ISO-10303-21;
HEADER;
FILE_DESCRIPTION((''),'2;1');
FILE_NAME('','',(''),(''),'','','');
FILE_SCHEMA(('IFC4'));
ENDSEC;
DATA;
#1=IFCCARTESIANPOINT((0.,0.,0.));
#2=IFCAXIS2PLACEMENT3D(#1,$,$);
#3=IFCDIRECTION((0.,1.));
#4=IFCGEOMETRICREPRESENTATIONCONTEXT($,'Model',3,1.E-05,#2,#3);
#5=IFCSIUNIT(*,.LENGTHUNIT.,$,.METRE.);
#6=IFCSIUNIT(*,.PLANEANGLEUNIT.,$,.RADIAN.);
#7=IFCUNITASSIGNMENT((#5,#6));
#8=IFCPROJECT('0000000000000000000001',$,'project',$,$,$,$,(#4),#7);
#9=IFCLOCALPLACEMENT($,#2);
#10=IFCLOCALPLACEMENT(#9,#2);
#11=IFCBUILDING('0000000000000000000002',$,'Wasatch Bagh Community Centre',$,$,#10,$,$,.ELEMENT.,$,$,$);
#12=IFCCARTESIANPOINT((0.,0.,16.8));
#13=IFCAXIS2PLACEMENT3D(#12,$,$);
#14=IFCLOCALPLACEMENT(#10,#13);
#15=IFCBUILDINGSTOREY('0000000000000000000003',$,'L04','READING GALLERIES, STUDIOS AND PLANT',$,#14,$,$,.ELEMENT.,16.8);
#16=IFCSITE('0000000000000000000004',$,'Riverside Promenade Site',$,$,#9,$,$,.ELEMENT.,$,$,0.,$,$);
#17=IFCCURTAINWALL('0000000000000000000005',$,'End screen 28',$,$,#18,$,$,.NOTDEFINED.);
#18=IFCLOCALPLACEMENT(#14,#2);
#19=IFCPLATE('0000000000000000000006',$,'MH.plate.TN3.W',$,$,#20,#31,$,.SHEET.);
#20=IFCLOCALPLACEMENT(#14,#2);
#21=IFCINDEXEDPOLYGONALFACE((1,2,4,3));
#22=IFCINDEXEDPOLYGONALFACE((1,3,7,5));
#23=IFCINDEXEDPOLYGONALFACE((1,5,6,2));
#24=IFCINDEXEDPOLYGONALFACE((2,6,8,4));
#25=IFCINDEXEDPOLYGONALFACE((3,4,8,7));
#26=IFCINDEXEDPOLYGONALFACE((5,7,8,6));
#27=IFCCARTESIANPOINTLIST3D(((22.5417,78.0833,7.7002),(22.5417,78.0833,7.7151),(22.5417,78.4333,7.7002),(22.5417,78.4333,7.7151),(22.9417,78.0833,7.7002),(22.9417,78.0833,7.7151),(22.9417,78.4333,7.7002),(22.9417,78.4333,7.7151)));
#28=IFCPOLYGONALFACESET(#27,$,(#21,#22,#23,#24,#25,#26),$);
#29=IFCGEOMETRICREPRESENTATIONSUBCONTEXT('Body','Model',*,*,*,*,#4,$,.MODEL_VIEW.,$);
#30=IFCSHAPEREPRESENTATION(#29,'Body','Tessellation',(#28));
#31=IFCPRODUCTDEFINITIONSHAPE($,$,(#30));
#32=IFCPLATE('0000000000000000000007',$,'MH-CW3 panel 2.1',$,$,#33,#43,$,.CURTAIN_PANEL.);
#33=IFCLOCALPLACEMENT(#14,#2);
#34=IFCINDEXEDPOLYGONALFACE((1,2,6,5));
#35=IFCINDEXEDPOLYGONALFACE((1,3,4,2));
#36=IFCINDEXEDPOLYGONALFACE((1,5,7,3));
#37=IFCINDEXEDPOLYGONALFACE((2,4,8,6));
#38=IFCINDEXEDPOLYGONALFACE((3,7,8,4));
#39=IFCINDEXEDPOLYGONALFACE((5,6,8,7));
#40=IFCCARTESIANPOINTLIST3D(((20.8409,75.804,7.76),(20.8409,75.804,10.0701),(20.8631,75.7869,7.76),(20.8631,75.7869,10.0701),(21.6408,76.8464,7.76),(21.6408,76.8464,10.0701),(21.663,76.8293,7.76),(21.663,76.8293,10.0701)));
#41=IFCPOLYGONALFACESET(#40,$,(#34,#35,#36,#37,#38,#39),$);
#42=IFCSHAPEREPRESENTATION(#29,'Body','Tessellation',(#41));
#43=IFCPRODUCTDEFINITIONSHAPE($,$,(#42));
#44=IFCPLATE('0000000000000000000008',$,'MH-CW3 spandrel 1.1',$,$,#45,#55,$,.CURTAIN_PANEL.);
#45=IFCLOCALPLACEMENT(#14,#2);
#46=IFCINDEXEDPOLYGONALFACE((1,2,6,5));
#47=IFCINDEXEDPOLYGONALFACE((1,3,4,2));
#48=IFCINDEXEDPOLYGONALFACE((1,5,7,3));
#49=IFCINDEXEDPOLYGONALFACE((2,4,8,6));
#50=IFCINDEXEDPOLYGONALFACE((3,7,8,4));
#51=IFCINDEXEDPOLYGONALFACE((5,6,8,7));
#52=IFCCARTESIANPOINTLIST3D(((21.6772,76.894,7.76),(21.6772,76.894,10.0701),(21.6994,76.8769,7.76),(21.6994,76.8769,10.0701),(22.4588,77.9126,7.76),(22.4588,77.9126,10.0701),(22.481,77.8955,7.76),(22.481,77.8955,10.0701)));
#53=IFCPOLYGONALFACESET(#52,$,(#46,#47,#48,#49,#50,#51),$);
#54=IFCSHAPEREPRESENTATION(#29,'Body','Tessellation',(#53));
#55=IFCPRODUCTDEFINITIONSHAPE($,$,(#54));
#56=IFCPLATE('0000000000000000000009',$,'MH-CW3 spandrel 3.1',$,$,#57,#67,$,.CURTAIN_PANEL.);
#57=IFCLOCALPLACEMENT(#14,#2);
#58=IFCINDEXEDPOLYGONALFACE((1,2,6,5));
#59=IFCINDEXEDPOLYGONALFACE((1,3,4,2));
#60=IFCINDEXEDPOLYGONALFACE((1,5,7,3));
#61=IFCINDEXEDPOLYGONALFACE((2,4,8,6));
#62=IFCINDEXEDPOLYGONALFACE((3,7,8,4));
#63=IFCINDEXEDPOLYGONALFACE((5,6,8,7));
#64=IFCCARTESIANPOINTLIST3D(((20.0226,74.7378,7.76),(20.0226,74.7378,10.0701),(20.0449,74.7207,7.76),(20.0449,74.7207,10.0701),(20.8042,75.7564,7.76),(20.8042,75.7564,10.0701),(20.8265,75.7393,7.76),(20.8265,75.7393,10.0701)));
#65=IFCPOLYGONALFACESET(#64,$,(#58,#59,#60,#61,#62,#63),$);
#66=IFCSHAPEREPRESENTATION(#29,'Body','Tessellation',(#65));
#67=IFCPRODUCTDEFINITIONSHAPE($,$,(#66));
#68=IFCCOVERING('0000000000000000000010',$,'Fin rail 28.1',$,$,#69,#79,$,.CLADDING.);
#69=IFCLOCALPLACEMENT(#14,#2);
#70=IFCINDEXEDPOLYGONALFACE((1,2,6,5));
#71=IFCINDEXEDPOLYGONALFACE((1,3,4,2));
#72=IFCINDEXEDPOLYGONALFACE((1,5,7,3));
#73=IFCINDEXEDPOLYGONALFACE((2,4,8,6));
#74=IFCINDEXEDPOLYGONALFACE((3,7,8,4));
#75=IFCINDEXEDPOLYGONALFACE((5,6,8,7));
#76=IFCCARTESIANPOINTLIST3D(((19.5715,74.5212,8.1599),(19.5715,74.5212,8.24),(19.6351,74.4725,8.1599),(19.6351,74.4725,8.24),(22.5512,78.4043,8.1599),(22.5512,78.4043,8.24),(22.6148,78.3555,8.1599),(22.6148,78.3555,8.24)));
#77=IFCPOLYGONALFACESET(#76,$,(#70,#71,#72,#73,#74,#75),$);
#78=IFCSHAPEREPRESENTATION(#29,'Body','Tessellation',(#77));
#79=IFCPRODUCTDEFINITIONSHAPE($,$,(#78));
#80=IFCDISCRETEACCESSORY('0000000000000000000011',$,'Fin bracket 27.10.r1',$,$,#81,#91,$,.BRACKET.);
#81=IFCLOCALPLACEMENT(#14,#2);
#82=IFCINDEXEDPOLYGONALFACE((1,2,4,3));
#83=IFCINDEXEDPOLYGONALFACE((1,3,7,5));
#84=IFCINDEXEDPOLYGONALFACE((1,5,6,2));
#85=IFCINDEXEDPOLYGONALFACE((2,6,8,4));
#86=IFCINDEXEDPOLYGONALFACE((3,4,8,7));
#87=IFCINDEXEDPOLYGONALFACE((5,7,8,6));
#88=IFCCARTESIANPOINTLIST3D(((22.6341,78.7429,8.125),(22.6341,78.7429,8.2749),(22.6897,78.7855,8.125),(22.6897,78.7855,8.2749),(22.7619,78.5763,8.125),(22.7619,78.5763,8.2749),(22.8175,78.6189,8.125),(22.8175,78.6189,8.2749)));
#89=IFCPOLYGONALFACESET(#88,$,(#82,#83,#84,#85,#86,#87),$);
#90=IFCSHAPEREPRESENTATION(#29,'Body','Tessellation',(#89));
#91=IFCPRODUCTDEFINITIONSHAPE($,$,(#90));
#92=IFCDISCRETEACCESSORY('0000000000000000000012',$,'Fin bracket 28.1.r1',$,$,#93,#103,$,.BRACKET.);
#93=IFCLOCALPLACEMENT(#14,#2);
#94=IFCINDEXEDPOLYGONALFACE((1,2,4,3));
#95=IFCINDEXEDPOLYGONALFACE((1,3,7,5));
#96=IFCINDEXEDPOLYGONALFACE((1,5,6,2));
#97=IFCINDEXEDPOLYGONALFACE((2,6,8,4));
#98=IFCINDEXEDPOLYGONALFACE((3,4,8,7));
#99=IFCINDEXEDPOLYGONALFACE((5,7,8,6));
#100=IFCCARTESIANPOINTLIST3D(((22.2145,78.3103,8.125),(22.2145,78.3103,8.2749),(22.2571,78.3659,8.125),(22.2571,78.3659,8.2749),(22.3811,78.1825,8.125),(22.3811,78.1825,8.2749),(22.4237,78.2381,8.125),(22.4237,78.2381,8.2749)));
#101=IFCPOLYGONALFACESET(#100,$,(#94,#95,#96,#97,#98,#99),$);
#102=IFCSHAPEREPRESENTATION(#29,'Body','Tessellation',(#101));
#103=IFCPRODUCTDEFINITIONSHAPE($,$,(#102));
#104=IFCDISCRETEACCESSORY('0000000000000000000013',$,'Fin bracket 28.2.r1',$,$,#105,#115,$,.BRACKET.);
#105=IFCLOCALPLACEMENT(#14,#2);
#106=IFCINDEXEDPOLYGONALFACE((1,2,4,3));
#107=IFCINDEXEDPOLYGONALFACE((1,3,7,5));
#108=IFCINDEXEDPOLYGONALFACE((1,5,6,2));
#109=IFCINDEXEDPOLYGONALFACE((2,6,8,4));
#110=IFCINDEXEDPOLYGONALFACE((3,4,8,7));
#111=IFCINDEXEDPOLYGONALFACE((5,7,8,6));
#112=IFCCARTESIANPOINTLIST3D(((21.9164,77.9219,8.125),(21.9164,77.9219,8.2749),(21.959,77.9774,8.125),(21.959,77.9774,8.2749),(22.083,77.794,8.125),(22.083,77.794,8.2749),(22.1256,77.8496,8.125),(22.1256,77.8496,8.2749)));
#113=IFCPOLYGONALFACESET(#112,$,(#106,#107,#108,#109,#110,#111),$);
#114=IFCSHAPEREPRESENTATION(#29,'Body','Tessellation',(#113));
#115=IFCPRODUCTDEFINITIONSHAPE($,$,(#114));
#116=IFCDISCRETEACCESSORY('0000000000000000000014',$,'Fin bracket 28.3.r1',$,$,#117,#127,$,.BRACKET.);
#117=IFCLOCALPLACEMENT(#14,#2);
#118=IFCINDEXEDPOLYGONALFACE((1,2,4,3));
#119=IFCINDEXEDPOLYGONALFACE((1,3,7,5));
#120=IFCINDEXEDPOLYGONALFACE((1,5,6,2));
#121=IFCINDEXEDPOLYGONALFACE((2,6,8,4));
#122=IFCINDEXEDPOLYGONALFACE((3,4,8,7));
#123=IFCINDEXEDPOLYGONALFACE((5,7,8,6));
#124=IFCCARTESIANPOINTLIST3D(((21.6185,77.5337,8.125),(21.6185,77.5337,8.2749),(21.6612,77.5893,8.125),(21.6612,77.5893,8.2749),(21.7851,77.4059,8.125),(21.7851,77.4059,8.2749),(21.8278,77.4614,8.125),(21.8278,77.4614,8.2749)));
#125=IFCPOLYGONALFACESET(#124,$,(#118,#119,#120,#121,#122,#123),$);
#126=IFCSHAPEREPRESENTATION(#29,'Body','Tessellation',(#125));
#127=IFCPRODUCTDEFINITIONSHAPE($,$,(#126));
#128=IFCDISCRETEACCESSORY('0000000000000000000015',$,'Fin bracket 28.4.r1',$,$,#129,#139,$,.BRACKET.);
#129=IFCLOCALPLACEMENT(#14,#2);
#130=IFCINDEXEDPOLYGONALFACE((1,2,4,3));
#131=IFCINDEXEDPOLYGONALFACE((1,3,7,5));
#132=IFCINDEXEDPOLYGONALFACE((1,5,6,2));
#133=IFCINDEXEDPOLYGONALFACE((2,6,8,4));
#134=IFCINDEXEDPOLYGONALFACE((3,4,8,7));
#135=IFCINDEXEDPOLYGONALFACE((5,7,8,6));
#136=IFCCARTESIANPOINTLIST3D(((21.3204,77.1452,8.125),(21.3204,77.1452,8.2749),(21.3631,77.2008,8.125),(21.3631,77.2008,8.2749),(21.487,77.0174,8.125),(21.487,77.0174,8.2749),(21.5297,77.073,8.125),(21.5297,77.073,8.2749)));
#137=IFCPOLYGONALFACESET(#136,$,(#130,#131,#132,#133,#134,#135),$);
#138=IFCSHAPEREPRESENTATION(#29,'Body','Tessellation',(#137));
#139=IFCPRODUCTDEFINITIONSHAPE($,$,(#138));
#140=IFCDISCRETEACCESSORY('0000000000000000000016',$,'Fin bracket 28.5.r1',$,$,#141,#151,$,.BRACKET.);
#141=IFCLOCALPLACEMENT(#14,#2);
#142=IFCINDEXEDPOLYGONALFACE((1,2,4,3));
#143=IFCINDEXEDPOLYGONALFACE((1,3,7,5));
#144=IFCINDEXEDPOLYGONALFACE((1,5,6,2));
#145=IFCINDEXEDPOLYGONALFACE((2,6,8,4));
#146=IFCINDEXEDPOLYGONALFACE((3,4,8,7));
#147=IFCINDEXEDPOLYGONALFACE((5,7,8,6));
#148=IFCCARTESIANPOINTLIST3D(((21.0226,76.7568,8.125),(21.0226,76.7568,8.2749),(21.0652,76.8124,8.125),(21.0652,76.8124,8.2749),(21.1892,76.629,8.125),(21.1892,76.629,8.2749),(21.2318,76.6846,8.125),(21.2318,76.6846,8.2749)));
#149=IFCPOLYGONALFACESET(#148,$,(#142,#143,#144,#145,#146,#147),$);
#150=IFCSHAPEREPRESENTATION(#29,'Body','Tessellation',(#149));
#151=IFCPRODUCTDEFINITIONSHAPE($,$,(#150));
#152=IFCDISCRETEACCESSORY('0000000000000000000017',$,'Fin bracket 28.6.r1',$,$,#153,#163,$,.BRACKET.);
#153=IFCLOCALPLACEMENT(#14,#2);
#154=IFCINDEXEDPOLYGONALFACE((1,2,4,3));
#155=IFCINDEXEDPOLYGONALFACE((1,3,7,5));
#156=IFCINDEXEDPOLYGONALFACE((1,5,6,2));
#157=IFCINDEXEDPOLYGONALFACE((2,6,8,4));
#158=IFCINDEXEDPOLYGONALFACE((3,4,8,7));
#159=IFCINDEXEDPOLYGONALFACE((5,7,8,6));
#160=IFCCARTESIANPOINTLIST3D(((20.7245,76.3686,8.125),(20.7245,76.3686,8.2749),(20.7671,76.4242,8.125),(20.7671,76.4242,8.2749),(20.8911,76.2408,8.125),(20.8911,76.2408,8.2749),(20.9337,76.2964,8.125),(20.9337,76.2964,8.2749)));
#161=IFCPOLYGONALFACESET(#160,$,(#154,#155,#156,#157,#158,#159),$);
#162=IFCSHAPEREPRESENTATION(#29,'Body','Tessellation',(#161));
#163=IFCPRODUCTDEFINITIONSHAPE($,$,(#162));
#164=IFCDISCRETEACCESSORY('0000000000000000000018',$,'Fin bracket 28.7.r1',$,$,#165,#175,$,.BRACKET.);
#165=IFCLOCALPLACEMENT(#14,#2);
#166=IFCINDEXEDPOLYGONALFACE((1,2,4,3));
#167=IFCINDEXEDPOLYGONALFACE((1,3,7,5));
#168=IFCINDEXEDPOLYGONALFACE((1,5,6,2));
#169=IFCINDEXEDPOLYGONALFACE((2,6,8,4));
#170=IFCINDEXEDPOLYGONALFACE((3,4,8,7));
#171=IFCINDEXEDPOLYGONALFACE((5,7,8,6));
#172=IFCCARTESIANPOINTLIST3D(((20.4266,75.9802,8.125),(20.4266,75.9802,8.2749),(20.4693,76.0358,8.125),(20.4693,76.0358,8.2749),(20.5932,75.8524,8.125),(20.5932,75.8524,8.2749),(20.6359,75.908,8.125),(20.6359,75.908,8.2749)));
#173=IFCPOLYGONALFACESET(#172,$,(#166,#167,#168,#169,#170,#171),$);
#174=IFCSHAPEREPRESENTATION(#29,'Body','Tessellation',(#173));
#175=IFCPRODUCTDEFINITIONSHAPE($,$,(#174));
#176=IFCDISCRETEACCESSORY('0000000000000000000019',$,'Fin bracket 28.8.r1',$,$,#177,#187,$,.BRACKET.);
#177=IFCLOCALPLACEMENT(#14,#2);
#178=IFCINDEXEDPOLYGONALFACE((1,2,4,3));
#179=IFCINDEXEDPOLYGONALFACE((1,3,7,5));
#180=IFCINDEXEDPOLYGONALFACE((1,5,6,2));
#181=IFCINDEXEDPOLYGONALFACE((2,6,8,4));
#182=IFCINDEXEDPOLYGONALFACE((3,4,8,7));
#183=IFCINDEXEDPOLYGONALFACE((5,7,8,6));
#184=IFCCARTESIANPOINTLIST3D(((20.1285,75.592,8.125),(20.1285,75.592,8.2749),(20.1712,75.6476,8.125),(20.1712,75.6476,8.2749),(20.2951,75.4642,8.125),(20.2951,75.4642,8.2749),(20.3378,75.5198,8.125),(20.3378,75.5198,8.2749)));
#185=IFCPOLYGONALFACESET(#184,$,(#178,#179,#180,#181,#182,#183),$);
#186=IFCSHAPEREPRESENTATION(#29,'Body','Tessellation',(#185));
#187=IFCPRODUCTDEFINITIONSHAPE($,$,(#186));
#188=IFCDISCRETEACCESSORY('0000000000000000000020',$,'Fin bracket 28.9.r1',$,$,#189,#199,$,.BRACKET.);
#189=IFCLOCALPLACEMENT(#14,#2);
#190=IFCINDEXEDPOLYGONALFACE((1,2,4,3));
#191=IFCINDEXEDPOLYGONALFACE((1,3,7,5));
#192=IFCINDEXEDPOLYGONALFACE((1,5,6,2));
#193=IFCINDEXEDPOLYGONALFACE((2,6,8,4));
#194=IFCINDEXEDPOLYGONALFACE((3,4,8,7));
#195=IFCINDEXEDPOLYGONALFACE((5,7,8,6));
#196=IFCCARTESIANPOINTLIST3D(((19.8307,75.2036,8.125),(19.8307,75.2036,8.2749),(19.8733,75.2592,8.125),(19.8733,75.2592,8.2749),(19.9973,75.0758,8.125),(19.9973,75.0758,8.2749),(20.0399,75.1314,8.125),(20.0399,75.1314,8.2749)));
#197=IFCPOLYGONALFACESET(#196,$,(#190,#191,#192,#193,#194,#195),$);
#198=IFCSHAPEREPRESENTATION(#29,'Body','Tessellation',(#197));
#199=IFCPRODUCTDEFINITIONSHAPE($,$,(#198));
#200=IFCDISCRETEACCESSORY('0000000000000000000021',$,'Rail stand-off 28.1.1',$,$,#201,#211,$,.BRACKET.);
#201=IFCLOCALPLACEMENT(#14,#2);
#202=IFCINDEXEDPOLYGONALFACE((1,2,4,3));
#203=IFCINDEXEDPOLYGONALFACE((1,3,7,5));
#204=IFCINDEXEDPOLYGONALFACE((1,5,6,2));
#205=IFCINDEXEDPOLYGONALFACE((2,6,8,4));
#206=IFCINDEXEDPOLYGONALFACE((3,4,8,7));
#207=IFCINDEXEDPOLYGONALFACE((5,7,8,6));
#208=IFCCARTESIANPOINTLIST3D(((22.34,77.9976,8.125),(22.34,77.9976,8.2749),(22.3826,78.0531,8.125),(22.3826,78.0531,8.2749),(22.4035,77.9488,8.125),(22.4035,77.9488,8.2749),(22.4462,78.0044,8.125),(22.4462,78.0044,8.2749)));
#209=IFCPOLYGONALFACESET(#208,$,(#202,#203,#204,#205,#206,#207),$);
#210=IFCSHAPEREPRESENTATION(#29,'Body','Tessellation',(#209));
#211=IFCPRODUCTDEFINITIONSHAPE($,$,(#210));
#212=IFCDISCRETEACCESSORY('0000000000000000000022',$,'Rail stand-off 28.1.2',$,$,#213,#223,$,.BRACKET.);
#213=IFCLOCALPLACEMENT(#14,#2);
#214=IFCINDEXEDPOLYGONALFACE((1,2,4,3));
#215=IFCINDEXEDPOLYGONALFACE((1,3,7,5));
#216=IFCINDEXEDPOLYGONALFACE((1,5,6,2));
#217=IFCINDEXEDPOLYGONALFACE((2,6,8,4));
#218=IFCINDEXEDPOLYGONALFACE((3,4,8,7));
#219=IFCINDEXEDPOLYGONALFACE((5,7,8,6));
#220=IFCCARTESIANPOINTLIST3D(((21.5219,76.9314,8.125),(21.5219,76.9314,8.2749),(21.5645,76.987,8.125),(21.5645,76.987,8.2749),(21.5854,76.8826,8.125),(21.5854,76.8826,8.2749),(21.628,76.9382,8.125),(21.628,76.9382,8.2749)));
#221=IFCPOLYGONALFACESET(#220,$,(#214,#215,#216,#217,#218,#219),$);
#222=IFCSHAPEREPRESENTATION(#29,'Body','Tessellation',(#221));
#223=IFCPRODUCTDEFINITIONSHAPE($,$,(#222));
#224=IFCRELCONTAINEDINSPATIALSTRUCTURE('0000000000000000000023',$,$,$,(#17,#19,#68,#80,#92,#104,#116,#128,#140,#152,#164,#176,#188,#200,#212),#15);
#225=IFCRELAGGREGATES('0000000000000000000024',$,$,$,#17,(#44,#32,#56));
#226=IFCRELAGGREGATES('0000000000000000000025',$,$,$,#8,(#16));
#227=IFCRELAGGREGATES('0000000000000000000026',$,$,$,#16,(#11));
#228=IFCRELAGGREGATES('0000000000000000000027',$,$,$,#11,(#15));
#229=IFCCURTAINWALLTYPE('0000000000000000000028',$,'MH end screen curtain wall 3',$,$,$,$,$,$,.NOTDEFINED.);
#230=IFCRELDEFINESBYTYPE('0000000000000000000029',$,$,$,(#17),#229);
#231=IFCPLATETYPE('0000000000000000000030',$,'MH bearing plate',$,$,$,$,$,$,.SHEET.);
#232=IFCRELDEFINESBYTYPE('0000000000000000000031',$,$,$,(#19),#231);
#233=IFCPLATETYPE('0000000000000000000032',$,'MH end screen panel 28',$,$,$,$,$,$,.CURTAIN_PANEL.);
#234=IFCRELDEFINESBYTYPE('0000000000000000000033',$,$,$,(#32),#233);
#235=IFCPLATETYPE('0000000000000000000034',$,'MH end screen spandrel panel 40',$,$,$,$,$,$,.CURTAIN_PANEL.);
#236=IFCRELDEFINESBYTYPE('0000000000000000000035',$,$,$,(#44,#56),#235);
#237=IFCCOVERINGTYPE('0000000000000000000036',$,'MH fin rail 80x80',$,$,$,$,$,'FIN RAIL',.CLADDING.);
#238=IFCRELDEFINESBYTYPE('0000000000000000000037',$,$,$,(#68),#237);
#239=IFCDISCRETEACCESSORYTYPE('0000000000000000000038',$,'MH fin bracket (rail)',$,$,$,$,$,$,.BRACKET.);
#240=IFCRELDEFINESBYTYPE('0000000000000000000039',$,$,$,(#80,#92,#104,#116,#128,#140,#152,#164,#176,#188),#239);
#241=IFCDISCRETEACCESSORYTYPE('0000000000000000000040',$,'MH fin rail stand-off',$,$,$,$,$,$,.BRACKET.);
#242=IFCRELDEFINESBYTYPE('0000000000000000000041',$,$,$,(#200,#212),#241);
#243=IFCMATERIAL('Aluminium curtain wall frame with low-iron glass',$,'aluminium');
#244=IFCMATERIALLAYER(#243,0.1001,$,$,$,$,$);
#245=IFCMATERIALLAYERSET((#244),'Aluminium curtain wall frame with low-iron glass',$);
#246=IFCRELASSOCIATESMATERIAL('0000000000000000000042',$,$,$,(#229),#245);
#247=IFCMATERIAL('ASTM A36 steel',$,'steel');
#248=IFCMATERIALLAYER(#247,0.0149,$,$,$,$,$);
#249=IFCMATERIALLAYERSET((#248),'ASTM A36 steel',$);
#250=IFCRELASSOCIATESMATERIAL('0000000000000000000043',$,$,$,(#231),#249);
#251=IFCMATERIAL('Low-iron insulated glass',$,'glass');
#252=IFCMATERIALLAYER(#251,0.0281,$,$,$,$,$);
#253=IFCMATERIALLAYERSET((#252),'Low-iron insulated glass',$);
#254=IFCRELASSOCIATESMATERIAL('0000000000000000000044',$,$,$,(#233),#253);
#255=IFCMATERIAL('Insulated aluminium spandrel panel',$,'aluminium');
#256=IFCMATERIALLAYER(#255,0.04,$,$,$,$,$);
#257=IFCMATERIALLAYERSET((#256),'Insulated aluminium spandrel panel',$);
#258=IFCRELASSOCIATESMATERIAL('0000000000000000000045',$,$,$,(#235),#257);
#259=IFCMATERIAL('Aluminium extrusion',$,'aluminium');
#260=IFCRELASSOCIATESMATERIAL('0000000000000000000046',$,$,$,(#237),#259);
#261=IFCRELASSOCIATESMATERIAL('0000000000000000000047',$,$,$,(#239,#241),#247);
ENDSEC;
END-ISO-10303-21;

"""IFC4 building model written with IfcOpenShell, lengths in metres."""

from ifc_helpers import new_model, si_unit, direction, frame, origin, origin_2d, place, context, subcontext, project, spatial, rectangle, extrude, material, layer, layer_set, material_profile, profile_set, type_object, element, aggregate, save


model = new_model("IFC4")

# Units and contexts
model_context = context("Model", 3, precision=1e-05, world=origin(), true_north=direction((0.0, 1.0)))
body_context = subcontext(model_context, "Body", "Model", "MODEL_VIEW")
ifc_project = project(units=[si_unit("LENGTHUNIT", "METRE"), si_unit("PLANEANGLEUNIT", "RADIAN")], contexts=[model_context])

# Site, building, storey
site_placement = place(None, origin())
site = spatial("IfcSite", under=ifc_project, at=site_placement, Name="Riverside Promenade Site", CompositionType="ELEMENT", RefElevation=0.0)
building_placement = place(site_placement, origin())
building = spatial("IfcBuilding", under=site, at=building_placement, Name="Wasatch Bagh Community Centre", CompositionType="ELEMENT")
storey_placement = place(building_placement, frame((0.0, 0.0, 16.8)))
storey = spatial("IfcBuildingStorey", under=building, at=storey_placement, Name="L04", Description="READING GALLERIES, STUDIOS AND PLANT", CompositionType="ELEMENT", Elevation=16.8)

# Curtain wall
ifc_material_1 = material(Name="Aluminium curtain wall frame with low-iron glass", Category="aluminium")
ifc_layer_1 = layer(ifc_material_1, 0.1001)
ifc_layer_set_1 = layer_set([ifc_layer_1], Name="Aluminium curtain wall frame with low-iron glass")
curtain_wall_type = type_object("IfcCurtainWallType", Name="MH end screen curtain wall 3", PredefinedType="NOTDEFINED", material=ifc_layer_set_1)
curtain_wall_placement = place(storey_placement, origin())
curtain_wall = element("IfcCurtainWall", 1, at=curtain_wall_placement, inside=storey, type_object=curtain_wall_type, Name="End screen 28", PredefinedType="NOTDEFINED")
ifc_material_2 = material(Name="Aluminium extrusion", Category="aluminium")

# Plates
ifc_material_3 = material(Name="ASTM A36 steel", Category="steel")
ifc_layer_2 = layer(ifc_material_3, 0.0149)
ifc_layer_set_2 = layer_set([ifc_layer_2], Name="ASTM A36 steel")
plate_type_1 = type_object("IfcPlateType", Name="MH bearing plate", PredefinedType="SHEET", material=ifc_layer_set_2)
plate_1_placement = place(storey_placement, frame((22.7417, 78.2583, 7.7002), z_axis=(0.0, 0.0, 1.0), x_axis=(1.0, 0.0, 0.0)))
element("IfcPlate", 2, at=plate_1_placement, inside=storey, type_object=plate_type_1, Name="MH.plate.TN3.W", PredefinedType="SHEET", context=body_context, shape_type="SweptSolid", body=[
    extrude(rectangle(XDim=0.3999, YDim=0.3501, at=origin_2d()), origin(), (0.0, 0.0, 1.0), 0.0149),
])
ifc_material_4 = material(Name="Low-iron insulated glass", Category="glass")
ifc_layer_3 = layer(ifc_material_4, 0.0281)
ifc_layer_set_3 = layer_set([ifc_layer_3], Name="Low-iron insulated glass")
plate_type_2 = type_object("IfcPlateType", Name="MH end screen panel 28", PredefinedType="CURTAIN_PANEL", material=ifc_layer_set_3)
plate_2_placement = place(storey_placement, frame((21.252, 76.3167, 7.76), z_axis=(0.0, 0.0, 1.0), x_axis=(-0.608761, -0.793353, 0.0)))
plate_2 = element("IfcPlate", 3, at=plate_2_placement, type_object=plate_type_2, Name="MH-CW3 panel 2.1", PredefinedType="CURTAIN_PANEL", context=body_context, shape_type="SweptSolid", body=[
    extrude(rectangle(XDim=1.314, YDim=0.0281, at=origin_2d()), origin(), (0.0, 0.0, 1.0), 2.3101),
])
ifc_material_5 = material(Name="Insulated aluminium spandrel panel", Category="aluminium")
ifc_layer_4 = layer(ifc_material_5, 0.04)
ifc_layer_set_4 = layer_set([ifc_layer_4], Name="Insulated aluminium spandrel panel")
plate_type_3 = type_object("IfcPlateType", Name="MH end screen spandrel panel 40", PredefinedType="CURTAIN_PANEL", material=ifc_layer_set_4)
plate_3_placement = place(storey_placement, frame((22.0791, 77.3948, 7.76), z_axis=(0.0, 0.0, 1.0), x_axis=(-0.608761, -0.793353, 0.0)))
plate_3 = element("IfcPlate", 4, at=plate_3_placement, type_object=plate_type_3, Name="MH-CW3 spandrel 1.1", PredefinedType="CURTAIN_PANEL", context=body_context, shape_type="SweptSolid", body=[
    extrude(rectangle(XDim=1.2839, YDim=0.0281, at=origin_2d()), origin(), (0.0, 0.0, 1.0), 2.3101),
])
plate_4_placement = place(storey_placement, frame((20.4246, 75.2385, 7.76), z_axis=(0.0, 0.0, 1.0), x_axis=(-0.608761, -0.793353, 0.0)))
plate_4 = element("IfcPlate", 5, at=plate_4_placement, type_object=plate_type_3, Name="MH-CW3 spandrel 3.1", PredefinedType="CURTAIN_PANEL", context=body_context, shape_type="SweptSolid", body=[
    extrude(rectangle(XDim=1.2839, YDim=0.0281, at=origin_2d()), origin(), (0.0, 0.0, 1.0), 2.3101),
])
aggregate(curtain_wall, [plate_3, plate_2, plate_4])

# Covering
ifc_material_profile_1 = material_profile(ifc_material_2, rectangle(XDim=0.0801, YDim=0.0801, at=origin_2d()), Name="AL 80x80")
ifc_profile_set_1 = profile_set([ifc_material_profile_1], Name="Aluminium extrusion")
covering_type = type_object("IfcCoveringType", Name="MH fin rail 80x80", ElementType="FIN RAIL", PredefinedType="CLADDING", material=ifc_profile_set_1)
covering_placement = place(storey_placement, frame((22.583, 78.3799, 8.2), z_axis=(-0.608782, -0.793337, 0.0), x_axis=(0.793337, -0.608782, 0.0)))
element("IfcCovering", 6, at=covering_placement, inside=storey, type_object=covering_type, Name="Fin rail 28.1", PredefinedType="CLADDING", context=body_context, shape_type="SweptSolid", body=[
    extrude(rectangle(XDim=0.0801, YDim=0.0801, at=origin_2d()), origin(), (0.0, 0.0, 1.0), 4.8945),
])

# Discrete accessories
discrete_accessory_type_1 = type_object("IfcDiscreteAccessoryType", Name="MH fin bracket (rail)", PredefinedType="BRACKET", material=ifc_material_3)
for number, where, z_axis, x_axis, name in (
    (7, (22.7258, 78.6809, 8.125), (0.0, 0.0, 1.0), (-0.793353, -0.608761, 0.0), "Fin bracket 27.10.r1"),
    (8, (22.3191, 78.2742, 8.125), (0.0, 0.0, 1.0), (-0.608761, -0.793353, 0.0), "Fin bracket 28.1.r1"),
    (9, (22.021, 77.8857, 8.125), (0.0, 0.0, 1.0), (-0.608761, -0.793353, 0.0), "Fin bracket 28.2.r1"),
    (10, (21.7231, 77.4976, 8.125), (0.0, 0.0, 1.0), (-0.608761, -0.793353, 0.0), "Fin bracket 28.3.r1"),
    (11, (21.425, 77.1091, 8.125), (0.0, 0.0, 1.0), (-0.608761, -0.793353, 0.0), "Fin bracket 28.4.r1"),
    (12, (21.1272, 76.7207, 8.125), (0.0, 0.0, 1.0), (-0.608761, -0.793353, 0.0), "Fin bracket 28.5.r1"),
    (13, (20.8291, 76.3325, 8.125), (0.0, 0.0, 1.0), (-0.608761, -0.793353, 0.0), "Fin bracket 28.6.r1"),
    (14, (20.5312, 75.9441, 8.125), (0.0, 0.0, 1.0), (-0.608761, -0.793353, 0.0), "Fin bracket 28.7.r1"),
    (15, (20.2332, 75.5559, 8.125), (0.0, 0.0, 1.0), (-0.608761, -0.793353, 0.0), "Fin bracket 28.8.r1"),
    (16, (19.9353, 75.1675, 8.125), (0.0, 0.0, 1.0), (-0.608761, -0.793353, 0.0), "Fin bracket 28.9.r1"),
):
    element("IfcDiscreteAccessory", number, at=place(storey_placement, frame(where, z_axis=z_axis, x_axis=x_axis)), inside=storey, type_object=discrete_accessory_type_1, Name=name, PredefinedType="BRACKET", context=body_context, shape_type="SweptSolid", body=[
        extrude(rectangle(XDim=0.0701, YDim=0.21, at=origin_2d()), origin(), (0.0, 0.0, 1.0), 0.1499),
    ])
discrete_accessory_type_2 = type_object("IfcDiscreteAccessoryType", Name="MH fin rail stand-off", PredefinedType="BRACKET", material=ifc_material_3)
for number, where, z_axis, x_axis, name in (
    (17, (22.3931, 78.001, 8.125), (0.0, 0.0, 1.0), (-0.608761, -0.793353, 0.0), "Rail stand-off 28.1.1"),
    (18, (21.575, 76.9348, 8.125), (0.0, 0.0, 1.0), (-0.608761, -0.793353, 0.0), "Rail stand-off 28.1.2"),
):
    element("IfcDiscreteAccessory", number, at=place(storey_placement, frame(where, z_axis=z_axis, x_axis=x_axis)), inside=storey, type_object=discrete_accessory_type_2, Name=name, PredefinedType="BRACKET", context=body_context, shape_type="SweptSolid", body=[
        extrude(rectangle(XDim=0.0701, YDim=0.0801, at=origin_2d()), origin(), (0.0, 0.0, 1.0), 0.1499),
    ])

save(model, "model.ifc")
